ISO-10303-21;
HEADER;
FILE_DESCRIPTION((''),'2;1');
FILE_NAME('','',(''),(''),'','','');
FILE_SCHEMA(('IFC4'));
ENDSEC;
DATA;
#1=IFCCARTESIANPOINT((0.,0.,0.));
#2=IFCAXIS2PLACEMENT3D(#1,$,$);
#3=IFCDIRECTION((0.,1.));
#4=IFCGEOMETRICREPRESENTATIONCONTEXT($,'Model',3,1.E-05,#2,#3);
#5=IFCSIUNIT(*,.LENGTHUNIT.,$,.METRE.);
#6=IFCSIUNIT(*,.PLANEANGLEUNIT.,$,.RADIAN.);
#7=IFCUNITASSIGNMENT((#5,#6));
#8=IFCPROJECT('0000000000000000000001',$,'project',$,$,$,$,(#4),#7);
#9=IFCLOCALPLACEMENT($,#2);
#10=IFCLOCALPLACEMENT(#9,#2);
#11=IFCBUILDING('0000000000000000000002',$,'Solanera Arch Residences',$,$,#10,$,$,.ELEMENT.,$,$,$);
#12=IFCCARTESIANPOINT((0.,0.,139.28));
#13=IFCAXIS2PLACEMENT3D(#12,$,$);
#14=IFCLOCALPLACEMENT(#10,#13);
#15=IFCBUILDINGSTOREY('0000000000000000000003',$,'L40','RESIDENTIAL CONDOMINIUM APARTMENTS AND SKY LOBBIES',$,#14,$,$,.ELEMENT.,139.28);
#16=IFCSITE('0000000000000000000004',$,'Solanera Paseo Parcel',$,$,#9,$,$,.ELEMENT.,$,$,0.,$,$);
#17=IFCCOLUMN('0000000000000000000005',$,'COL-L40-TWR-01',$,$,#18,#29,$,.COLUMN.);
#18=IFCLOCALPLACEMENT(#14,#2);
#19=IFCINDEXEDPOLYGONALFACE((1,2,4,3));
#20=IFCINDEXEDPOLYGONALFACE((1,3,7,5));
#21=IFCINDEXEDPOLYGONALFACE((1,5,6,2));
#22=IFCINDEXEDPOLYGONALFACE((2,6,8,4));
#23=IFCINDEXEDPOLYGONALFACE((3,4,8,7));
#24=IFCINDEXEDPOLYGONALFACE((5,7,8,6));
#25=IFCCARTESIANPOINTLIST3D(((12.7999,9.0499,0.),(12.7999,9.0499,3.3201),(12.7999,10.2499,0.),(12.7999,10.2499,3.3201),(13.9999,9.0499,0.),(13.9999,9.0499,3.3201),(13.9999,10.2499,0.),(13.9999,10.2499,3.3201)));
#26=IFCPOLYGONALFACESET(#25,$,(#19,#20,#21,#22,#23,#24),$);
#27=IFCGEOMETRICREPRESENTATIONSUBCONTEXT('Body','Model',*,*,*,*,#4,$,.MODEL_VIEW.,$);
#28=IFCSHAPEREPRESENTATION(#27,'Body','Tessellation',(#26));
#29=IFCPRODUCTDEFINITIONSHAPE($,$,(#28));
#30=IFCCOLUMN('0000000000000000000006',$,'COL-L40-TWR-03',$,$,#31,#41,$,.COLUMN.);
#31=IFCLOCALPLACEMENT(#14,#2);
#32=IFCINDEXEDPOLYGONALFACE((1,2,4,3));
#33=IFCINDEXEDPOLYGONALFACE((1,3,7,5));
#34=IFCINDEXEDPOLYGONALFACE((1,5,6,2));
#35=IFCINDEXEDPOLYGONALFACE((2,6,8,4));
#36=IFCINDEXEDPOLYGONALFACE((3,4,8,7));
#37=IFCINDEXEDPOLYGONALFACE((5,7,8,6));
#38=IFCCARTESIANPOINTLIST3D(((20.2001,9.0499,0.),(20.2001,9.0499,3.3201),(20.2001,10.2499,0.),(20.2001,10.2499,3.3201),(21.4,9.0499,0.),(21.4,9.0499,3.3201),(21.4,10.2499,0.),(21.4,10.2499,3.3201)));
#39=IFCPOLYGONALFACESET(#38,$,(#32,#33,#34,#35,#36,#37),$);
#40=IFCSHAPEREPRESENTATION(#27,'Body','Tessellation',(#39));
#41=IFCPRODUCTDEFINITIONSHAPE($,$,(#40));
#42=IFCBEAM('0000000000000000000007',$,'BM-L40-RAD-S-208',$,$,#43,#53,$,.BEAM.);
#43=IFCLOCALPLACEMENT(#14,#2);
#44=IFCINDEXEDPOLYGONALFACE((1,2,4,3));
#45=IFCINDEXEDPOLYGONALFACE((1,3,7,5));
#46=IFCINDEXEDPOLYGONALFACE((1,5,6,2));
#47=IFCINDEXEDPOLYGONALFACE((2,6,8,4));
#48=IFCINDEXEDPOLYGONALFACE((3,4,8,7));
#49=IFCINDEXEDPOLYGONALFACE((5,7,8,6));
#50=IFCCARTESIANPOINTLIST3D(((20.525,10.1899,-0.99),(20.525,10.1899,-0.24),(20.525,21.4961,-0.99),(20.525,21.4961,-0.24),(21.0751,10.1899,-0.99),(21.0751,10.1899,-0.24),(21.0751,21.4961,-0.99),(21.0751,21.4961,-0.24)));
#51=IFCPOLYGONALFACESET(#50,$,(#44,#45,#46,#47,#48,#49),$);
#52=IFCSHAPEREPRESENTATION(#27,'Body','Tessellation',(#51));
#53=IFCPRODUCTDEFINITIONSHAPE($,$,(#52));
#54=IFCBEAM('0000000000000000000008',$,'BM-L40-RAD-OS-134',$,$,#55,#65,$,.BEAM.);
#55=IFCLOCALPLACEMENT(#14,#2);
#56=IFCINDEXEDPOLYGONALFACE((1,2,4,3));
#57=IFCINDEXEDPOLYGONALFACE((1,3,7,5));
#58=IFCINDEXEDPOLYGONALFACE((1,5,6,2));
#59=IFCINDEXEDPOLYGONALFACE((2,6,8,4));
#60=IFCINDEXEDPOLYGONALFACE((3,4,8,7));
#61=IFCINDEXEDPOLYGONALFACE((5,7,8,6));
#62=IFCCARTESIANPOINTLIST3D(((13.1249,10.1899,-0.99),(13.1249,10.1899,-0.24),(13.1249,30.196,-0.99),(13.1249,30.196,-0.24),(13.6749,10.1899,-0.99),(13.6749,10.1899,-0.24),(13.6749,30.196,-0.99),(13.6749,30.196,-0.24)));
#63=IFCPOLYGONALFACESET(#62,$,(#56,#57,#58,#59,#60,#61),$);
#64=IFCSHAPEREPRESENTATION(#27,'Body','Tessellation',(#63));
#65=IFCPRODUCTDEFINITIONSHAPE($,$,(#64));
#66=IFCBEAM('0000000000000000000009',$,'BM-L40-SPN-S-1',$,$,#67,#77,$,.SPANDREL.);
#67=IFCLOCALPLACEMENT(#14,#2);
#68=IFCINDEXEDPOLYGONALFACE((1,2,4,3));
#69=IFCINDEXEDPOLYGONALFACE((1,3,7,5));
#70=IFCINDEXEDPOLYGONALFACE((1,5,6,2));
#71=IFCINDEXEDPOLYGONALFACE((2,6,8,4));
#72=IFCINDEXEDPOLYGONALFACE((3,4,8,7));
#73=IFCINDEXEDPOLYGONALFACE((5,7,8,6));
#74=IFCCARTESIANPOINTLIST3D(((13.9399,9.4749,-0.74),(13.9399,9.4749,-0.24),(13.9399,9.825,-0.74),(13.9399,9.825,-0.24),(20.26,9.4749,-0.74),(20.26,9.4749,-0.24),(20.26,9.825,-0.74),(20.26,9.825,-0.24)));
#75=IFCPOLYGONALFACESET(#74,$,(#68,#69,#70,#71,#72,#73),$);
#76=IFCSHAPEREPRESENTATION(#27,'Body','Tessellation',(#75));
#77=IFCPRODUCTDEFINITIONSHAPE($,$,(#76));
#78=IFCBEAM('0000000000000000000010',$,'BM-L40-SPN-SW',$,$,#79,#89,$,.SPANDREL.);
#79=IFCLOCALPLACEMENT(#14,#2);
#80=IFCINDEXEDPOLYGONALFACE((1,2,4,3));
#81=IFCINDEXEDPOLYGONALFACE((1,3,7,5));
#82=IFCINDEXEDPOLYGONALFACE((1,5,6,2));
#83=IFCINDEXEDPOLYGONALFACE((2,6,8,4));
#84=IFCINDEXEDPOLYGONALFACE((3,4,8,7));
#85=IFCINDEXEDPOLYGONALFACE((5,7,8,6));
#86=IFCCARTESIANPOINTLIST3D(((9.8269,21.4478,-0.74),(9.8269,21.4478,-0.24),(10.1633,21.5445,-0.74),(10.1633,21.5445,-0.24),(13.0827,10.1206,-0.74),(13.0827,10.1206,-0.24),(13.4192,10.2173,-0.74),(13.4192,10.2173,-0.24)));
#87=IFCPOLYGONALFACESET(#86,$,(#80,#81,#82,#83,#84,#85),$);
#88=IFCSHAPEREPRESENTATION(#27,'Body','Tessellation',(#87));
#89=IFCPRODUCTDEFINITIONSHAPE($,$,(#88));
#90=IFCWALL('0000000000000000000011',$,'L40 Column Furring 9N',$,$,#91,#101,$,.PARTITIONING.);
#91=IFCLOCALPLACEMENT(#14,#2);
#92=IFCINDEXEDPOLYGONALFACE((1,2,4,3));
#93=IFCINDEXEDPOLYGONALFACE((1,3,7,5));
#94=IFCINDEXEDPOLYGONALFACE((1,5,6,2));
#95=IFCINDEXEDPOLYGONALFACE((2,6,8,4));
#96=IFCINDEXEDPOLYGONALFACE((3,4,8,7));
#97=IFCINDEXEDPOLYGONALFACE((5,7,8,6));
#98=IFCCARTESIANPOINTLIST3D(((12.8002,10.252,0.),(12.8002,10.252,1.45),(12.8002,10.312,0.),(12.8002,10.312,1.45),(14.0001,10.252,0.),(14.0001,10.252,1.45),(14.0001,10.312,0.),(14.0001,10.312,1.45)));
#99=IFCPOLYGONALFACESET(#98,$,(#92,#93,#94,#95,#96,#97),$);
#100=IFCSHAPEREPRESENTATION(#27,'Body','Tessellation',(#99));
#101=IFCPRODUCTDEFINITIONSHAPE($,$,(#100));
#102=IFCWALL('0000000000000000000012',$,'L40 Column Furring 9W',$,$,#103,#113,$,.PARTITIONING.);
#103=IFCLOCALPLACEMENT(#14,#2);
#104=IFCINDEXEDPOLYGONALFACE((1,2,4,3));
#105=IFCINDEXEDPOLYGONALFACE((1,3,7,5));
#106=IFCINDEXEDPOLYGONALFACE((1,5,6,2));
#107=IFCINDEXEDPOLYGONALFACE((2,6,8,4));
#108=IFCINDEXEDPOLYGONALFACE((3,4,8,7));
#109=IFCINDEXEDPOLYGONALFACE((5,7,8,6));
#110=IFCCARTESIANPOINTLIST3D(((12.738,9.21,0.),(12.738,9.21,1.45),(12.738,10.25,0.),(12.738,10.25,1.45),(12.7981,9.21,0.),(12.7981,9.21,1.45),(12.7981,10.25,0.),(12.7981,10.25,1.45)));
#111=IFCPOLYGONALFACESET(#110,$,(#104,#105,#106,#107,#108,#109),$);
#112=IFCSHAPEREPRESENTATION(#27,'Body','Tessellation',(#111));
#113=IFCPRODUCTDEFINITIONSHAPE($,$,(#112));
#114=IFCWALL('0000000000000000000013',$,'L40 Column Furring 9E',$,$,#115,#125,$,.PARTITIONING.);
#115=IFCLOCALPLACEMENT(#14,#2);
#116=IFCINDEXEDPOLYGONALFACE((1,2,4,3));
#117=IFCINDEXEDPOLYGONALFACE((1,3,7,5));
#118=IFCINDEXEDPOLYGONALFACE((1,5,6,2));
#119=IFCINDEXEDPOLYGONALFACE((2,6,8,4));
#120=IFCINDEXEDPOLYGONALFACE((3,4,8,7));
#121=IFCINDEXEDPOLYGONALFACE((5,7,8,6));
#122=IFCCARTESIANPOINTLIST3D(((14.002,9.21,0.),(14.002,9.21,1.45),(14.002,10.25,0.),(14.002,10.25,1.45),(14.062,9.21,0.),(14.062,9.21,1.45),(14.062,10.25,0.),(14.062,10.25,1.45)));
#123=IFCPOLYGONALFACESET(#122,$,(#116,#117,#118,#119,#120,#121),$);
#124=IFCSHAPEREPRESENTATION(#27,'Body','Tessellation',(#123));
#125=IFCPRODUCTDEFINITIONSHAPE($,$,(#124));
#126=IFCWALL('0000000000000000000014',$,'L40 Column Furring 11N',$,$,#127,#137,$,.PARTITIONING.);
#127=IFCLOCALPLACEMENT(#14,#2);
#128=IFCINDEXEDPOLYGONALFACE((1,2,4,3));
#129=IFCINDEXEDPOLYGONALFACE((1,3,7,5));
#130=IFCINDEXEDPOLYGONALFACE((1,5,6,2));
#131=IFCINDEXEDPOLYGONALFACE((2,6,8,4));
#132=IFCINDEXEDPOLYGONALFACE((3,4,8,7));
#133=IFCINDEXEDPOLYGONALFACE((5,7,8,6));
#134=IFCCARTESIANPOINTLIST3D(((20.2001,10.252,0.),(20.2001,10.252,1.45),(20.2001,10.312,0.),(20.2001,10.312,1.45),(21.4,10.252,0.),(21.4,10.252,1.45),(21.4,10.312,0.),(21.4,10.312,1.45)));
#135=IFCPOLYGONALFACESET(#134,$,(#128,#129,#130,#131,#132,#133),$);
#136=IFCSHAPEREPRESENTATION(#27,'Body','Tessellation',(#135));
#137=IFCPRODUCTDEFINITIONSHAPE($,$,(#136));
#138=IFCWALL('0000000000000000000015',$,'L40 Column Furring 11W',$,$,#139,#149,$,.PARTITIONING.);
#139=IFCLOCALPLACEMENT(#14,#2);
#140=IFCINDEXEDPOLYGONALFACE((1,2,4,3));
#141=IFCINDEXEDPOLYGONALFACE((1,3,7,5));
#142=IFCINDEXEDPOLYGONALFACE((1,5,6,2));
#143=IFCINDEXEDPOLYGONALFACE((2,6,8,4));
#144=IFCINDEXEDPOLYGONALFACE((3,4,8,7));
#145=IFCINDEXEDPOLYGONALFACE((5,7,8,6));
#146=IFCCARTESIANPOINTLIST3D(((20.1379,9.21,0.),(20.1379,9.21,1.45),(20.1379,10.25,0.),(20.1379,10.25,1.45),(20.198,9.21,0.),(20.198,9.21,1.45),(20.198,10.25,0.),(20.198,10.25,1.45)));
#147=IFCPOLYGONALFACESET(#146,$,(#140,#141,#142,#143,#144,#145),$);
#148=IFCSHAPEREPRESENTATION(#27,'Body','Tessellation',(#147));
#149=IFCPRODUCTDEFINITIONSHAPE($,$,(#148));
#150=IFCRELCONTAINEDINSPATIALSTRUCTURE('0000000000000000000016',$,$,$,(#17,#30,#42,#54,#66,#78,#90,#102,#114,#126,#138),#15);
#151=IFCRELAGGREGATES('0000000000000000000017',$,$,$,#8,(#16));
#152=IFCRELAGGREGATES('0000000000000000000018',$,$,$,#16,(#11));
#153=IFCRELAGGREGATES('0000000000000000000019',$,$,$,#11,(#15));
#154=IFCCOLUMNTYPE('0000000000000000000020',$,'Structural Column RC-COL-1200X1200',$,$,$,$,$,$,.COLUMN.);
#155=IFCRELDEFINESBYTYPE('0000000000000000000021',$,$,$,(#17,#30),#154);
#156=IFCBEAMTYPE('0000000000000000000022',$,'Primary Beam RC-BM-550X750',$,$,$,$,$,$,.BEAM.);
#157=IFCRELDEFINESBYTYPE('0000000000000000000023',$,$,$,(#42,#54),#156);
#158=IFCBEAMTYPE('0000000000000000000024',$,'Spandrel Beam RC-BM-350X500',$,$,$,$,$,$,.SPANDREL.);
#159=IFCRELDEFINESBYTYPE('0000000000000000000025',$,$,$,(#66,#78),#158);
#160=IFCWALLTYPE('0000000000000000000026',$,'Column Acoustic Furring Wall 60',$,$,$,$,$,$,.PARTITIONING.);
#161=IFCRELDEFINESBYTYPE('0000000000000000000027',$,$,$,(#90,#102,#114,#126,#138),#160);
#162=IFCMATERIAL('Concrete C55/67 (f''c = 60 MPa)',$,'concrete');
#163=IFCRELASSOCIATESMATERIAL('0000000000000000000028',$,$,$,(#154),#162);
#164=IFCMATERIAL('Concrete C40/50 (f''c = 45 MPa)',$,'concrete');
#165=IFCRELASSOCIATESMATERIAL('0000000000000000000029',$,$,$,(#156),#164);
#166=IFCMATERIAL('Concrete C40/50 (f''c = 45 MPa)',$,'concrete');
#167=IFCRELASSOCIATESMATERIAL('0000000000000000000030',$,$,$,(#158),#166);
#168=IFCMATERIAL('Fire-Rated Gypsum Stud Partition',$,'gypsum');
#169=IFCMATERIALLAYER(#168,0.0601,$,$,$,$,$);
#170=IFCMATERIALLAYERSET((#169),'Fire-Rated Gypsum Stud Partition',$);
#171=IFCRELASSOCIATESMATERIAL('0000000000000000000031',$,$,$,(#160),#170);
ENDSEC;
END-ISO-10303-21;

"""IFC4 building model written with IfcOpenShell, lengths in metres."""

from ifc_helpers import new_model, si_unit, direction, frame, frame_2d, origin, origin_2d, place, context, subcontext, project, spatial, rectangle, extrude, material, layer, layer_set, material_profile, profile_set, type_object, element, save


model = new_model("IFC4")

# Units and contexts
model_context = context("Model", 3, precision=1e-05, world=origin(), true_north=direction((0.0, 1.0)))
body_context = subcontext(model_context, "Body", "Model", "MODEL_VIEW")
ifc_project = project(units=[si_unit("LENGTHUNIT", "METRE"), si_unit("PLANEANGLEUNIT", "RADIAN")], contexts=[model_context])

# Site, building, storey
site_placement = place(None, origin())
site = spatial("IfcSite", under=ifc_project, at=site_placement, Name="Solanera Paseo Parcel", CompositionType="ELEMENT", RefElevation=0.0)
building_placement = place(site_placement, origin())
building = spatial("IfcBuilding", under=site, at=building_placement, Name="Solanera Arch Residences", CompositionType="ELEMENT")
storey_placement = place(building_placement, frame((0.0, 0.0, 139.28)))
storey = spatial("IfcBuildingStorey", under=building, at=storey_placement, Name="L40", Description="RESIDENTIAL CONDOMINIUM APARTMENTS AND SKY LOBBIES", CompositionType="ELEMENT", Elevation=139.28)

# Columns
ifc_material_1 = material(Name="Concrete C55/67 (f'c = 60 MPa)", Category="concrete")
ifc_material_profile_1 = material_profile(ifc_material_1, rectangle(XDim=1.2, YDim=1.2, at=origin_2d()))
ifc_profile_set_1 = profile_set([ifc_material_profile_1], Name="Concrete C55/67 (f'c = 60 MPa)")
column_type = type_object("IfcColumnType", Name="Structural Column RC-COL-1200X1200", PredefinedType="COLUMN", material=ifc_profile_set_1)
for number, where, z_axis, x_axis, name in (
    (1, (13.3999, 9.6499, 0.0), (0.0, 0.0, 1.0), (1.0, 0.0, 0.0), "COL-L40-TWR-01"),
    (2, (20.8, 9.6499, 0.0), (0.0, 0.0, 1.0), (1.0, 0.0, 0.0), "COL-L40-TWR-03"),
):
    element("IfcColumn", number, at=place(storey_placement, frame(where, z_axis=z_axis, x_axis=x_axis)), inside=storey, type_object=column_type, Name=name, PredefinedType="COLUMN", context=body_context, shape_type="SweptSolid", body=[
        extrude(rectangle(XDim=1.2, YDim=1.2, at=origin_2d()), origin(), (0.0, 0.0, 1.0), 3.3201),
    ])

# Beams
ifc_material_2 = material(Name="Concrete C40/50 (f'c = 45 MPa)", Category="concrete")
ifc_material_profile_2 = material_profile(ifc_material_2, rectangle(XDim=0.55, YDim=0.75, at=origin_2d()))
ifc_profile_set_2 = profile_set([ifc_material_profile_2], Name="Concrete C40/50 (f'c = 45 MPa)")
beam_type_1 = type_object("IfcBeamType", Name="Primary Beam RC-BM-550X750", PredefinedType="BEAM", material=ifc_profile_set_2)
beam_1_placement = place(storey_placement, frame((20.8, 10.1899, -0.615), z_axis=(0.0, 1.0, 0.0), x_axis=(-1.0, 0.0, 0.0)))
element("IfcBeam", 3, at=beam_1_placement, inside=storey, type_object=beam_type_1, Name="BM-L40-RAD-S-208", PredefinedType="BEAM", context=body_context, shape_type="SweptSolid", body=[
    extrude(rectangle(XDim=0.55, YDim=0.75, at=origin_2d()), origin(), (0.0, 0.0, 1.0), 11.3062),
])
beam_2_placement = place(storey_placement, frame((13.3999, 10.1899, -0.615), z_axis=(0.0, 1.0, 0.0), x_axis=(-1.0, 0.0, 0.0)))
element("IfcBeam", 4, at=beam_2_placement, inside=storey, type_object=beam_type_1, Name="BM-L40-RAD-OS-134", PredefinedType="BEAM", context=body_context, shape_type="SweptSolid", body=[
    extrude(rectangle(XDim=0.55, YDim=0.75, at=origin_2d()), origin(), (0.0, 0.0, 1.0), 20.0061),
])
ifc_material_3 = material(Name="Concrete C40/50 (f'c = 45 MPa)", Category="concrete")
ifc_material_profile_3 = material_profile(ifc_material_3, rectangle(XDim=0.3501, YDim=0.5, at=origin_2d()))
ifc_profile_set_3 = profile_set([ifc_material_profile_3], Name="Concrete C40/50 (f'c = 45 MPa)")
beam_type_2 = type_object("IfcBeamType", Name="Spandrel Beam RC-BM-350X500", PredefinedType="SPANDREL", material=ifc_profile_set_3)
beam_3_placement = place(storey_placement, frame((13.9399, 9.6499, -0.49), z_axis=(1.0, 0.0, 0.0), x_axis=(0.0, 1.0, 0.0)))
element("IfcBeam", 5, at=beam_3_placement, inside=storey, type_object=beam_type_2, Name="BM-L40-SPN-S-1", PredefinedType="SPANDREL", context=body_context, shape_type="SweptSolid", body=[
    extrude(rectangle(XDim=0.3501, YDim=0.5, at=origin_2d()), origin(), (0.0, 0.0, 1.0), 6.3201),
])
beam_4_placement = place(storey_placement, frame((13.251, 10.1689, -0.49), z_axis=(-0.276253, 0.961085, 0.0), x_axis=(-0.961085, -0.276253, 0.0)))
element("IfcBeam", 6, at=beam_4_placement, inside=storey, type_object=beam_type_2, Name="BM-L40-SPN-SW", PredefinedType="SPANDREL", context=body_context, shape_type="SweptSolid", body=[
    extrude(rectangle(XDim=0.3501, YDim=0.5, at=origin_2d()), origin(), (0.0, 0.0, 1.0), 11.7859),
])

# Walls
ifc_material_4 = material(Name="Fire-Rated Gypsum Stud Partition", Category="gypsum")
ifc_layer_1 = layer(ifc_material_4, 0.0601)
ifc_layer_set_1 = layer_set([ifc_layer_1], Name="Fire-Rated Gypsum Stud Partition")
wall_type_1 = type_object("IfcWallType", Name="Column Acoustic Furring Wall 60", PredefinedType="PARTITIONING", material=ifc_layer_set_1)
wall_1_placement = place(storey_placement, frame((12.8, 10.282, 0.0), z_axis=(0.0, 0.0, 1.0), x_axis=(1.0, 0.0, 0.0)))
element("IfcWall", 7, at=wall_1_placement, inside=storey, type_object=wall_type_1, Name="L40 Column Furring 9N", PredefinedType="PARTITIONING", context=body_context, shape_type="SweptSolid", body=[
    extrude(rectangle(XDim=1.2, YDim=0.0601, at=frame_2d((0.6001, 0.0))), origin(), (0.0, 0.0, 1.0), 1.45),
])
for number, where, z_axis, x_axis, name in (
    (8, (12.7681, 9.21, 0.0), (0.0, 0.0, 1.0), (0.0, 1.0, 0.0), "L40 Column Furring 9W"),
    (9, (14.032, 9.21, 0.0), (0.0, 0.0, 1.0), (0.0, 1.0, 0.0), "L40 Column Furring 9E"),
):
    element("IfcWall", number, at=place(storey_placement, frame(where, z_axis=z_axis, x_axis=x_axis)), inside=storey, type_object=wall_type_1, Name=name, PredefinedType="PARTITIONING", context=body_context, shape_type="SweptSolid", body=[
        extrude(rectangle(XDim=1.04, YDim=0.0601, at=frame_2d((0.52, 0.0))), origin(), (0.0, 0.0, 1.0), 1.45),
    ])
wall_2_placement = place(storey_placement, frame((20.2, 10.282, 0.0), z_axis=(0.0, 0.0, 1.0), x_axis=(1.0, 0.0, 0.0)))
element("IfcWall", 10, at=wall_2_placement, inside=storey, type_object=wall_type_1, Name="L40 Column Furring 11N", PredefinedType="PARTITIONING", context=body_context, shape_type="SweptSolid", body=[
    extrude(rectangle(XDim=1.2, YDim=0.0601, at=frame_2d((0.6001, 0.0))), origin(), (0.0, 0.0, 1.0), 1.45),
])
wall_3_placement = place(storey_placement, frame((20.168, 9.21, 0.0), z_axis=(0.0, 0.0, 1.0), x_axis=(0.0, 1.0, 0.0)))
element("IfcWall", 11, at=wall_3_placement, inside=storey, type_object=wall_type_1, Name="L40 Column Furring 11W", PredefinedType="PARTITIONING", context=body_context, shape_type="SweptSolid", body=[
    extrude(rectangle(XDim=1.04, YDim=0.0601, at=frame_2d((0.52, 0.0))), origin(), (0.0, 0.0, 1.0), 1.45),
])

save(model, "model.ifc")
